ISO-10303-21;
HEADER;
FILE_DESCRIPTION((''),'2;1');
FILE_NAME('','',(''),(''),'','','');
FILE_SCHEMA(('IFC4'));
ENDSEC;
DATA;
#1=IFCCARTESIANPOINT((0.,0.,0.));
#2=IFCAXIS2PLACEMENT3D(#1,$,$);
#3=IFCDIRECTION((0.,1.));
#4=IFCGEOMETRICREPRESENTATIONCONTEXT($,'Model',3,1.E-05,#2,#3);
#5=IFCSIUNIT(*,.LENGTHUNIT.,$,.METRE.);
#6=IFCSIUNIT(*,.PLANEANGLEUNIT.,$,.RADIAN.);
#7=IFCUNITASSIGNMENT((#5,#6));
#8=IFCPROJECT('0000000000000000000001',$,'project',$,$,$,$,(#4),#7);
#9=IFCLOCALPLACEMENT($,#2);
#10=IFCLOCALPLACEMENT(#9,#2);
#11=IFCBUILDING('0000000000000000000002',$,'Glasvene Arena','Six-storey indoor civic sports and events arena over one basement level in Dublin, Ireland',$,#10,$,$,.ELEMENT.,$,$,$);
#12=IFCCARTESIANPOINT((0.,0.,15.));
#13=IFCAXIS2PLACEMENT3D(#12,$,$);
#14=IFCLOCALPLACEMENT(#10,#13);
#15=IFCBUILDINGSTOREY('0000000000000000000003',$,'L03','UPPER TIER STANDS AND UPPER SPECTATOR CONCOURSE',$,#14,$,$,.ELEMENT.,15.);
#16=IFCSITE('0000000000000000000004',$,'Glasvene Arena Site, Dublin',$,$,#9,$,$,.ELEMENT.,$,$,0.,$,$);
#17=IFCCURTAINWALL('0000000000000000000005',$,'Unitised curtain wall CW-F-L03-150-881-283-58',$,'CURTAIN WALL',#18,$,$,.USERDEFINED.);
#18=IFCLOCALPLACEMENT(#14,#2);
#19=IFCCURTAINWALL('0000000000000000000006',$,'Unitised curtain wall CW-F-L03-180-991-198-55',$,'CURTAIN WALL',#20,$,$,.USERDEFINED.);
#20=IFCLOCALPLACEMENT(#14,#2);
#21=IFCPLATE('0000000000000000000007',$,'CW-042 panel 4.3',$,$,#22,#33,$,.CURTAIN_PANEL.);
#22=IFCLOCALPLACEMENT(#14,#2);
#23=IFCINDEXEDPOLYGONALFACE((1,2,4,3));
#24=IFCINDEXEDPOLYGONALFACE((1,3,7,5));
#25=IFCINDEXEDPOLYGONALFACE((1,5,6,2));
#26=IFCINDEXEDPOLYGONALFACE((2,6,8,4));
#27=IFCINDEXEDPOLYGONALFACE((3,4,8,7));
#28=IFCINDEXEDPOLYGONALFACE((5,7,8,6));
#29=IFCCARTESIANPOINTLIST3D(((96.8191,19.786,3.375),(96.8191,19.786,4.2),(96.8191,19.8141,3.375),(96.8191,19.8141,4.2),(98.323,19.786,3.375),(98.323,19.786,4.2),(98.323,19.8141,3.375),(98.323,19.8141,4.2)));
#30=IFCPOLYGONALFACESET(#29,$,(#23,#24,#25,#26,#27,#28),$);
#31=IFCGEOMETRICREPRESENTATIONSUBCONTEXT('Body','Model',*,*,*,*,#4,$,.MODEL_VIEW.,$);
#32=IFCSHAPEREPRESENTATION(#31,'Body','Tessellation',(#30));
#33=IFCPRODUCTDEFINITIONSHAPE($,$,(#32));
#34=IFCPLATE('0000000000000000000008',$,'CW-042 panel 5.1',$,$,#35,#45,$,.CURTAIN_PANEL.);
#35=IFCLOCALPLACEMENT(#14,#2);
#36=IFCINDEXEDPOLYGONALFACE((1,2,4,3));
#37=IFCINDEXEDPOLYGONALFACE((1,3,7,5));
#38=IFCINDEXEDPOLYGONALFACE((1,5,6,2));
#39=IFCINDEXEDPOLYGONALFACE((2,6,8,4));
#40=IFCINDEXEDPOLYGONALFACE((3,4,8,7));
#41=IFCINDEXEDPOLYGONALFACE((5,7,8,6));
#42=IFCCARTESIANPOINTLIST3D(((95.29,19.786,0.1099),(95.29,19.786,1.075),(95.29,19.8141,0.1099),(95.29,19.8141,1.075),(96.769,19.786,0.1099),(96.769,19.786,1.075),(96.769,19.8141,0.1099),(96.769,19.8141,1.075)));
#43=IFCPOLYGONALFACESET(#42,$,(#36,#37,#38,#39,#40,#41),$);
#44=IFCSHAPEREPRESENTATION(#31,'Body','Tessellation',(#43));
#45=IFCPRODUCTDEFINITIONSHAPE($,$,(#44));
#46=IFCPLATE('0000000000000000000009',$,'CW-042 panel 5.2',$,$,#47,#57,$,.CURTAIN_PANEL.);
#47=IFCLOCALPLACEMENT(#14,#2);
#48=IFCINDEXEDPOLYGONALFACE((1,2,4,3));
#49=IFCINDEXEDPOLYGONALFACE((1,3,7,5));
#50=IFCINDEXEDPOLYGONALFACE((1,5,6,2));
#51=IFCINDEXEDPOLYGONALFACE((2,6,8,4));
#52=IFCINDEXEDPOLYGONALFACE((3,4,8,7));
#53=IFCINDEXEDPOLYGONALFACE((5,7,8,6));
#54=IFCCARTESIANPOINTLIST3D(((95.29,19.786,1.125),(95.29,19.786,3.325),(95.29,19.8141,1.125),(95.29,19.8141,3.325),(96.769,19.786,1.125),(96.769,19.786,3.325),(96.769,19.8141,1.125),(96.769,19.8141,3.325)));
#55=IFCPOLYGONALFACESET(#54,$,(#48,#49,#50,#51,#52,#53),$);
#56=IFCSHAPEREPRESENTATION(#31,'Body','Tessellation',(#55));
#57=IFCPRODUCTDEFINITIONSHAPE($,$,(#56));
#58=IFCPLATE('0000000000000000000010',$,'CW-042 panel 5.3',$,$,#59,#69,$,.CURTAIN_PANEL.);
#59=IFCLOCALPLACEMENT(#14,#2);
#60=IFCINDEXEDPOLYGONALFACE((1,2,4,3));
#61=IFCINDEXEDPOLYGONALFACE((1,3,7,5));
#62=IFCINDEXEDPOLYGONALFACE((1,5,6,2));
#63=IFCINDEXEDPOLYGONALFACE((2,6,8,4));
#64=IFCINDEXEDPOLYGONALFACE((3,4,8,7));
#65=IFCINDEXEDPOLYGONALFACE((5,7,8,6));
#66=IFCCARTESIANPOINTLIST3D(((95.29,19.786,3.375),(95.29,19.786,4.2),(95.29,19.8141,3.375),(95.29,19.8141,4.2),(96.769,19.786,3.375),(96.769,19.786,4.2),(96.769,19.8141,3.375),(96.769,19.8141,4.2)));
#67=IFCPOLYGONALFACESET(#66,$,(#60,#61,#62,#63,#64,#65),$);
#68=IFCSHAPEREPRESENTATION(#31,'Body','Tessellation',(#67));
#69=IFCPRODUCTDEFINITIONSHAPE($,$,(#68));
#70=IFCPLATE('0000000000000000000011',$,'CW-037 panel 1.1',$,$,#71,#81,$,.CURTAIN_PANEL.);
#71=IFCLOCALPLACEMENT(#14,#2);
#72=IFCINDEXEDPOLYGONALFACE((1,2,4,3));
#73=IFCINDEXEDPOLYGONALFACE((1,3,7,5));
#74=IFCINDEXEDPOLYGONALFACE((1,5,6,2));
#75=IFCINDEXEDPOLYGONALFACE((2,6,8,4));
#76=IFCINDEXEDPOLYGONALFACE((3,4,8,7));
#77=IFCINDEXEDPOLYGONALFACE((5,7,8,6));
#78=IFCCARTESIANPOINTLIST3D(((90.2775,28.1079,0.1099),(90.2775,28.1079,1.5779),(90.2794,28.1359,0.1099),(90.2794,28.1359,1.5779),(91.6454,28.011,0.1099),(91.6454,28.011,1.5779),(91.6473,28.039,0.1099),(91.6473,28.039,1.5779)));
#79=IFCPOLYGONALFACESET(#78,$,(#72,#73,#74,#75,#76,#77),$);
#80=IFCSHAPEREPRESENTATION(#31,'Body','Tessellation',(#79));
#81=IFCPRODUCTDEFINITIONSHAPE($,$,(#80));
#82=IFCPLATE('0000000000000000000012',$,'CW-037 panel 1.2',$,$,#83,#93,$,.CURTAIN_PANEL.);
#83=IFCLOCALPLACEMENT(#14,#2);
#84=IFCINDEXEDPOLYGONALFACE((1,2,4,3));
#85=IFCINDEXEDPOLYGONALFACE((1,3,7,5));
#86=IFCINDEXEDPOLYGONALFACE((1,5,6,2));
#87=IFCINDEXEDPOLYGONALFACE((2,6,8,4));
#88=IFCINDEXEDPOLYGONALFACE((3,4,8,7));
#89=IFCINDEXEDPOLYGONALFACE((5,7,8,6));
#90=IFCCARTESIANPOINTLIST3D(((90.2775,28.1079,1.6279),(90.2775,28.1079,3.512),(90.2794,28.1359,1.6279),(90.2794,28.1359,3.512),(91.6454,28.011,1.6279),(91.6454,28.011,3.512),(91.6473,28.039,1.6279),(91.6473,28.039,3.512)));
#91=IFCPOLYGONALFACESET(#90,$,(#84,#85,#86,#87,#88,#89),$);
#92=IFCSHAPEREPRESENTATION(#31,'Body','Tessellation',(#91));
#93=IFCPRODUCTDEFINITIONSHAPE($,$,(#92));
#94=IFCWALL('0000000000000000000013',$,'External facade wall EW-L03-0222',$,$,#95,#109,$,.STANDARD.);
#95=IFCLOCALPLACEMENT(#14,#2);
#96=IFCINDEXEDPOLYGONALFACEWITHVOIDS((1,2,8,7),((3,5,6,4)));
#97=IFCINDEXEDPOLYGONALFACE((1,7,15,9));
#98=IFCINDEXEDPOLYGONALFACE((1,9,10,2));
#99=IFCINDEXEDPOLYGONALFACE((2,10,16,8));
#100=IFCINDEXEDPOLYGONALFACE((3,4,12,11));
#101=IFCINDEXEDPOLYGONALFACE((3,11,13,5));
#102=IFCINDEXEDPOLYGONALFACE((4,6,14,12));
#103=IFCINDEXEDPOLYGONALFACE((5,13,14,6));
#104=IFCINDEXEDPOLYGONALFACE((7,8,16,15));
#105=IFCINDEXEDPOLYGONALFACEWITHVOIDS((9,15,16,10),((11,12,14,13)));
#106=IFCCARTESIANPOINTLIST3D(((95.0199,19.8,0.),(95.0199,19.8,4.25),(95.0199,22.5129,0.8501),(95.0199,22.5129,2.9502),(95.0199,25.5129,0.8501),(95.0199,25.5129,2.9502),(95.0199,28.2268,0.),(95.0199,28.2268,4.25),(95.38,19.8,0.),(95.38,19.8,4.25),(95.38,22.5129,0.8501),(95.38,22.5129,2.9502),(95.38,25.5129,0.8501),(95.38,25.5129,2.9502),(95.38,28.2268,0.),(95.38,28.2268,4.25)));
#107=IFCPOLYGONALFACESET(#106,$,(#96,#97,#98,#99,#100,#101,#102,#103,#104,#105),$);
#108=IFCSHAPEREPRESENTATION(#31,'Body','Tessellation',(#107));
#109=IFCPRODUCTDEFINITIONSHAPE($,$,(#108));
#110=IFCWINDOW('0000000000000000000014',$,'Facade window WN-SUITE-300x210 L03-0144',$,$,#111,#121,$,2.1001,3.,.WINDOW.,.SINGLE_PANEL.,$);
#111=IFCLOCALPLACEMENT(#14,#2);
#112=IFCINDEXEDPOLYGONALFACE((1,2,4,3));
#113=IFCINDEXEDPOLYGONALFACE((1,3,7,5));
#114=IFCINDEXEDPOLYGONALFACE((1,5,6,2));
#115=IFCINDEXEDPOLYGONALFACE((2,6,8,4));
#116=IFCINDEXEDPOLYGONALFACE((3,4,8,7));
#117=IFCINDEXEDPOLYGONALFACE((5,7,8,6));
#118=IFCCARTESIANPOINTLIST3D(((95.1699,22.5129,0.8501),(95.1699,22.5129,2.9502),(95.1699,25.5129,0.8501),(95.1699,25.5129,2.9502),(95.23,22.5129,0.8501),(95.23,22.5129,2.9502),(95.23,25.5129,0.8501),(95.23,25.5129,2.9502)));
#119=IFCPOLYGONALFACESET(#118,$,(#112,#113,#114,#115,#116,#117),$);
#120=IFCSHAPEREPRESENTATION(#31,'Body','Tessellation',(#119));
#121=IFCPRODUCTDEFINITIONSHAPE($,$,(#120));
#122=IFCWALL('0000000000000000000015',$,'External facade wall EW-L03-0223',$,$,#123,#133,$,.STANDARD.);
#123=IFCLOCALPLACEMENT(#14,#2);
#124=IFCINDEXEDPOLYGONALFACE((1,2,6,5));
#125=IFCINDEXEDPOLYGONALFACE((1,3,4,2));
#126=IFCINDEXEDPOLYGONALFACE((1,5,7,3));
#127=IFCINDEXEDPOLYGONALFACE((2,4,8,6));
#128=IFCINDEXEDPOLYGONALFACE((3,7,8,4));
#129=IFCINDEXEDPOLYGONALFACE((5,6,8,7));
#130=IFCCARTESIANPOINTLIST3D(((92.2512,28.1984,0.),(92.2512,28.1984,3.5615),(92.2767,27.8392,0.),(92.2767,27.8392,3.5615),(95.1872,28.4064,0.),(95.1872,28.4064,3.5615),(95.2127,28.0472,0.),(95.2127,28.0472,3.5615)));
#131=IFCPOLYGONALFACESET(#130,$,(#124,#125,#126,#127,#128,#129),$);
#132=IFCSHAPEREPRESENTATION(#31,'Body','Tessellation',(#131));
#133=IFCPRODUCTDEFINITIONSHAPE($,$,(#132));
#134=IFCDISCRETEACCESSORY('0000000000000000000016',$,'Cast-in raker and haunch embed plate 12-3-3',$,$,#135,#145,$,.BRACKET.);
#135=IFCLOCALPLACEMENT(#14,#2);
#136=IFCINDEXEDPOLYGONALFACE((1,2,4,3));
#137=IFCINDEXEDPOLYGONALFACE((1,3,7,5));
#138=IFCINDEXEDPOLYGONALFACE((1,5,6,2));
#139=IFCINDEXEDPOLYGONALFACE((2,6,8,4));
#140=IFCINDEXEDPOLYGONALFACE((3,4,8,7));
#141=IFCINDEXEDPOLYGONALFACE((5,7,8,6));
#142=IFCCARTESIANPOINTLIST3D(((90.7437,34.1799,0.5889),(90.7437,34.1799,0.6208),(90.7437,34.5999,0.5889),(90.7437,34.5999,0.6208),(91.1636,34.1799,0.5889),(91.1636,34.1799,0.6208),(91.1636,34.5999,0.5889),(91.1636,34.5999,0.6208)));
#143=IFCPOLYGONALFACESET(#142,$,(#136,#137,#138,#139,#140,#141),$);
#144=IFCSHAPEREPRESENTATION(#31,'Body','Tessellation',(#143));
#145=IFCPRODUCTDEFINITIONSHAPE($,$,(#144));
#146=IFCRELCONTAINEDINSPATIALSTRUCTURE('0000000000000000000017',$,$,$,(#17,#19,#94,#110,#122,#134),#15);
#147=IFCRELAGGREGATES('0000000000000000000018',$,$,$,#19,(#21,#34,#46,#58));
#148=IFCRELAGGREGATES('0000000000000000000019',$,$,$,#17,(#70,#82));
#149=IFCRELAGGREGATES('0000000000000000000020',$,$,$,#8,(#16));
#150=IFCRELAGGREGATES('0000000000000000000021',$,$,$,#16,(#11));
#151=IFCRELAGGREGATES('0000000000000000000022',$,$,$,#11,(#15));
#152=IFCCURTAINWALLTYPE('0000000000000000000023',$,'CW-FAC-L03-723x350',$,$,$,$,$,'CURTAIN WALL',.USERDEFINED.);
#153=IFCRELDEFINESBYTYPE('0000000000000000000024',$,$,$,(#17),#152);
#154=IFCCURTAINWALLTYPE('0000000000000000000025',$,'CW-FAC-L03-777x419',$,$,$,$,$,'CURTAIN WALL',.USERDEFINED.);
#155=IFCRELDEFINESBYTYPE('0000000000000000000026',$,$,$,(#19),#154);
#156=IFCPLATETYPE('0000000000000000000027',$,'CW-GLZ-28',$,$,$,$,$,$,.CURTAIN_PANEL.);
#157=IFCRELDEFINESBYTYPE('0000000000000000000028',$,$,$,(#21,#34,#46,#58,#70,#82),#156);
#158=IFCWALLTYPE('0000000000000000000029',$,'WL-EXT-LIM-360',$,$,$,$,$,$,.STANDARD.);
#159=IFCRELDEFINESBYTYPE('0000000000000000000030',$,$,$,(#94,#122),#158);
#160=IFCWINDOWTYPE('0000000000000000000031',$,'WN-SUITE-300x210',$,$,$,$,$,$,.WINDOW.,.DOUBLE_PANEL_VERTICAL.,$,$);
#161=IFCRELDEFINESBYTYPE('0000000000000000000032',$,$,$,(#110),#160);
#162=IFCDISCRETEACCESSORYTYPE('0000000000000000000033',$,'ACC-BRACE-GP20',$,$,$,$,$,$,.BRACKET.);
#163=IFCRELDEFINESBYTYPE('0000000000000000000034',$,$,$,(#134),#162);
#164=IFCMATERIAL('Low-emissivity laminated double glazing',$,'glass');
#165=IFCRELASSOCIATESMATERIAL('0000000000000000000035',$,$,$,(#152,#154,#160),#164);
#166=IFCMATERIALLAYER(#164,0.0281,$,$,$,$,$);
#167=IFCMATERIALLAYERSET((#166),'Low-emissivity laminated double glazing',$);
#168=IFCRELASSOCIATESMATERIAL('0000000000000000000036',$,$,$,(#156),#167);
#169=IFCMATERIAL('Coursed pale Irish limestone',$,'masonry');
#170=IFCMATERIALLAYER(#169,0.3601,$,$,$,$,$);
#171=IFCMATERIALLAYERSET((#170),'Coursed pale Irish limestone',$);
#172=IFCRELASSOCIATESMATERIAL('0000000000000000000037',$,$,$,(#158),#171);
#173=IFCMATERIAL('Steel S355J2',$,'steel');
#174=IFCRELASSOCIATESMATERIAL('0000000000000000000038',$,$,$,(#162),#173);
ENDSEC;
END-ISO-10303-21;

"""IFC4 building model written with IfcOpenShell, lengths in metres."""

from ifc_helpers import new_model, si_unit, direction, frame, frame_2d, origin, origin_2d, place, context, subcontext, project, spatial, rectangle, extrude, material, layer, layer_set, type_object, element, fill, aggregate, save


model = new_model("IFC4")

# Units and contexts
model_context = context("Model", 3, precision=1e-05, world=origin(), true_north=direction((0.0, 1.0)))
body_context = subcontext(model_context, "Body", "Model", "MODEL_VIEW")
ifc_project = project(units=[si_unit("LENGTHUNIT", "METRE"), si_unit("PLANEANGLEUNIT", "RADIAN")], contexts=[model_context])

# Site, building, storey
site_placement = place(None, origin())
site = spatial("IfcSite", under=ifc_project, at=site_placement, Name="Glasvene Arena Site, Dublin", CompositionType="ELEMENT", RefElevation=0.0)
building_placement = place(site_placement, origin())
building = spatial("IfcBuilding", under=site, at=building_placement, Name="Glasvene Arena", Description="Six-storey indoor civic sports and events arena over one basement level in Dublin, Ireland", CompositionType="ELEMENT")
storey_placement = place(building_placement, frame((0.0, 0.0, 15.0)))
storey = spatial("IfcBuildingStorey", under=building, at=storey_placement, Name="L03", Description="UPPER TIER STANDS AND UPPER SPECTATOR CONCOURSE", CompositionType="ELEMENT", Elevation=15.0)

# Shared definitions
ifc_material_1 = material(Name="Steel S355J2", Category="steel")

# Curtain walls
ifc_material_2 = material(Name="Low-emissivity laminated double glazing", Category="glass")
curtain_wall_type_1 = type_object("IfcCurtainWallType", Name="CW-FAC-L03-723x350", ElementType="CURTAIN WALL", PredefinedType="USERDEFINED", material=ifc_material_2)
curtain_wall_1_placement = place(storey_placement, frame((91.696, 28.0215, 0.0)))
curtain_wall_1 = element("IfcCurtainWall", 1, at=curtain_wall_1_placement, inside=storey, type_object=curtain_wall_type_1, Name="Unitised curtain wall CW-F-L03-150-881-283-58", ObjectType="CURTAIN WALL", PredefinedType="USERDEFINED")
curtain_wall_type_2 = type_object("IfcCurtainWallType", Name="CW-FAC-L03-777x419", ElementType="CURTAIN WALL", PredefinedType="USERDEFINED", material=ifc_material_2)
curtain_wall_2_placement = place(storey_placement, frame((103.01, 19.8, 0.0)))
curtain_wall_2 = element("IfcCurtainWall", 2, at=curtain_wall_2_placement, inside=storey, type_object=curtain_wall_type_2, Name="Unitised curtain wall CW-F-L03-180-991-198-55", ObjectType="CURTAIN WALL", PredefinedType="USERDEFINED")

# Plates
ifc_layer_1 = layer(ifc_material_2, 0.0281)
ifc_layer_set_1 = layer_set([ifc_layer_1], Name="Low-emissivity laminated double glazing")
plate_type = type_object("IfcPlateType", Name="CW-GLZ-28", PredefinedType="CURTAIN_PANEL", material=ifc_layer_set_1)
plate_1_placement = place(storey_placement, frame((97.571, 19.8, 3.375), z_axis=(0.0, 0.0, 1.0), x_axis=(-1.0, 0.0, 0.0)))
plate_1 = element("IfcPlate", 3, at=plate_1_placement, type_object=plate_type, Name="CW-042 panel 4.3", PredefinedType="CURTAIN_PANEL", context=body_context, shape_type="SweptSolid", body=[
    extrude(rectangle(XDim=1.5039, YDim=0.0281, at=origin_2d()), origin(), (0.0, 0.0, 1.0), 0.825),
])
plate_2_placement = place(storey_placement, frame((96.0295, 19.8, 0.1099), z_axis=(0.0, 0.0, 1.0), x_axis=(-1.0, 0.0, 0.0)))
plate_2 = element("IfcPlate", 4, at=plate_2_placement, type_object=plate_type, Name="CW-042 panel 5.1", PredefinedType="CURTAIN_PANEL", context=body_context, shape_type="SweptSolid", body=[
    extrude(rectangle(XDim=1.479, YDim=0.0281, at=origin_2d()), origin(), (0.0, 0.0, 1.0), 0.9651),
])
plate_3_placement = place(storey_placement, frame((96.0295, 19.8, 1.125), z_axis=(0.0, 0.0, 1.0), x_axis=(-1.0, 0.0, 0.0)))
plate_3 = element("IfcPlate", 5, at=plate_3_placement, type_object=plate_type, Name="CW-042 panel 5.2", PredefinedType="CURTAIN_PANEL", context=body_context, shape_type="SweptSolid", body=[
    extrude(rectangle(XDim=1.479, YDim=0.0281, at=origin_2d()), origin(), (0.0, 0.0, 1.0), 2.2),
])
plate_4_placement = place(storey_placement, frame((96.0295, 19.8, 3.375), z_axis=(0.0, 0.0, 1.0), x_axis=(-1.0, 0.0, 0.0)))
plate_4 = element("IfcPlate", 6, at=plate_4_placement, type_object=plate_type, Name="CW-042 panel 5.3", PredefinedType="CURTAIN_PANEL", context=body_context, shape_type="SweptSolid", body=[
    extrude(rectangle(XDim=1.479, YDim=0.0281, at=origin_2d()), origin(), (0.0, 0.0, 1.0), 0.825),
])
aggregate(curtain_wall_2, [plate_1, plate_2, plate_3, plate_4])
plate_5_placement = place(storey_placement, frame((90.9624, 28.0735, 0.1099), z_axis=(0.0, 0.0, 1.0), x_axis=(-0.997501, 0.070652, 0.0)))
plate_5 = element("IfcPlate", 7, at=plate_5_placement, type_object=plate_type, Name="CW-037 panel 1.1", PredefinedType="CURTAIN_PANEL", context=body_context, shape_type="SweptSolid", body=[
    extrude(rectangle(XDim=1.3713, YDim=0.0281, at=origin_2d()), origin(), (0.0, 0.0, 1.0), 1.468),
])
plate_6_placement = place(storey_placement, frame((90.9624, 28.0735, 1.6279), z_axis=(0.0, 0.0, 1.0), x_axis=(-0.997501, 0.070652, 0.0)))
plate_6 = element("IfcPlate", 8, at=plate_6_placement, type_object=plate_type, Name="CW-037 panel 1.2", PredefinedType="CURTAIN_PANEL", context=body_context, shape_type="SweptSolid", body=[
    extrude(rectangle(XDim=1.3713, YDim=0.0281, at=origin_2d()), origin(), (0.0, 0.0, 1.0), 1.884),
])
aggregate(curtain_wall_1, [plate_5, plate_6])

# Wall, opening, window
ifc_material_3 = material(Name="Coursed pale Irish limestone", Category="masonry")
ifc_layer_2 = layer(ifc_material_3, 0.3601)
ifc_layer_set_2 = layer_set([ifc_layer_2], Name="Coursed pale Irish limestone")
wall_type = type_object("IfcWallType", Name="WL-EXT-LIM-360", PredefinedType="STANDARD", material=ifc_layer_set_2)
wall_1_placement = place(storey_placement, frame((95.2, 19.8, 0.0), z_axis=(0.0, 0.0, 1.0), x_axis=(0.0, 1.0, 0.0)))
wall_1 = element("IfcWall", 9, at=wall_1_placement, inside=storey, type_object=wall_type, Name="External facade wall EW-L03-0222", PredefinedType="STANDARD", context=body_context, shape_type="SweptSolid", body=[
    extrude(rectangle(XDim=8.4268, YDim=0.3601, at=frame_2d((4.2134, 0.0))), origin(), (0.0, 0.0, 1.0), 4.25),
])
opening_placement = place(wall_1_placement, frame((2.7129, 0.0, 0.8501)))
opening = element("IfcOpeningElement", 10, at=opening_placement, cuts=wall_1, PredefinedType="OPENING", context=body_context, shape_type="SweptSolid", body=[
    extrude(rectangle(XDim=3.0, YDim=2.1001, at=frame_2d((1.5, 1.05))), frame((0.0, 0.1899, 0.0), z_axis=(0.0, -1.0, 0.0), x_axis=(1.0, 0.0, 0.0)), (0.0, 0.0, 1.0), 0.3801),
])
window_type = type_object("IfcWindowType", Name="WN-SUITE-300x210", PartitioningType="DOUBLE_PANEL_VERTICAL", PredefinedType="WINDOW", material=ifc_material_2)
window_placement = place(opening_placement, origin())
window = element("IfcWindow", 11, at=window_placement, inside=storey, type_object=window_type, Name="Facade window WN-SUITE-300x210 L03-0144", OverallHeight=2.1001, OverallWidth=3.0, PartitioningType="SINGLE_PANEL", PredefinedType="WINDOW", context=body_context, shape_type="SweptSolid", body=[
    extrude(rectangle(XDim=3.0, YDim=2.1001, at=frame_2d((1.5, 1.05))), frame((0.0, 0.03, 0.0), z_axis=(0.0, -1.0, 0.0), x_axis=(1.0, 0.0, 0.0)), (0.0, 0.0, 1.0), 0.0601),
])
fill(opening, window)

# Wall
wall_2_placement = place(storey_placement, frame((95.2, 28.2268, 0.0), z_axis=(0.0, 0.0, 1.0), x_axis=(-0.9975, -0.070669, 0.0)))
element("IfcWall", 12, at=wall_2_placement, inside=storey, type_object=wall_type, Name="External facade wall EW-L03-0223", PredefinedType="STANDARD", context=body_context, shape_type="SweptSolid", body=[
    extrude(rectangle(XDim=2.9434, YDim=0.3601, at=frame_2d((1.4717, 0.0))), origin(), (0.0, 0.0, 1.0), 3.5615),
])

# Discrete accessory
discrete_accessory_type = type_object("IfcDiscreteAccessoryType", Name="ACC-BRACE-GP20", PredefinedType="BRACKET", material=ifc_material_1)
discrete_accessory_placement = place(storey_placement, frame((90.9536, 34.3899, 0.5889), z_axis=(0.0, 0.0, 1.0), x_axis=(1.0, 0.0, 0.0)))
element("IfcDiscreteAccessory", 13, at=discrete_accessory_placement, inside=storey, type_object=discrete_accessory_type, Name="Cast-in raker and haunch embed plate 12-3-3", PredefinedType="BRACKET", context=body_context, shape_type="SweptSolid", body=[
    extrude(rectangle(XDim=0.4199, YDim=0.4199, at=origin_2d()), origin(), (0.0, 0.0, 1.0), 0.032),
])

save(model, "model.ifc")
